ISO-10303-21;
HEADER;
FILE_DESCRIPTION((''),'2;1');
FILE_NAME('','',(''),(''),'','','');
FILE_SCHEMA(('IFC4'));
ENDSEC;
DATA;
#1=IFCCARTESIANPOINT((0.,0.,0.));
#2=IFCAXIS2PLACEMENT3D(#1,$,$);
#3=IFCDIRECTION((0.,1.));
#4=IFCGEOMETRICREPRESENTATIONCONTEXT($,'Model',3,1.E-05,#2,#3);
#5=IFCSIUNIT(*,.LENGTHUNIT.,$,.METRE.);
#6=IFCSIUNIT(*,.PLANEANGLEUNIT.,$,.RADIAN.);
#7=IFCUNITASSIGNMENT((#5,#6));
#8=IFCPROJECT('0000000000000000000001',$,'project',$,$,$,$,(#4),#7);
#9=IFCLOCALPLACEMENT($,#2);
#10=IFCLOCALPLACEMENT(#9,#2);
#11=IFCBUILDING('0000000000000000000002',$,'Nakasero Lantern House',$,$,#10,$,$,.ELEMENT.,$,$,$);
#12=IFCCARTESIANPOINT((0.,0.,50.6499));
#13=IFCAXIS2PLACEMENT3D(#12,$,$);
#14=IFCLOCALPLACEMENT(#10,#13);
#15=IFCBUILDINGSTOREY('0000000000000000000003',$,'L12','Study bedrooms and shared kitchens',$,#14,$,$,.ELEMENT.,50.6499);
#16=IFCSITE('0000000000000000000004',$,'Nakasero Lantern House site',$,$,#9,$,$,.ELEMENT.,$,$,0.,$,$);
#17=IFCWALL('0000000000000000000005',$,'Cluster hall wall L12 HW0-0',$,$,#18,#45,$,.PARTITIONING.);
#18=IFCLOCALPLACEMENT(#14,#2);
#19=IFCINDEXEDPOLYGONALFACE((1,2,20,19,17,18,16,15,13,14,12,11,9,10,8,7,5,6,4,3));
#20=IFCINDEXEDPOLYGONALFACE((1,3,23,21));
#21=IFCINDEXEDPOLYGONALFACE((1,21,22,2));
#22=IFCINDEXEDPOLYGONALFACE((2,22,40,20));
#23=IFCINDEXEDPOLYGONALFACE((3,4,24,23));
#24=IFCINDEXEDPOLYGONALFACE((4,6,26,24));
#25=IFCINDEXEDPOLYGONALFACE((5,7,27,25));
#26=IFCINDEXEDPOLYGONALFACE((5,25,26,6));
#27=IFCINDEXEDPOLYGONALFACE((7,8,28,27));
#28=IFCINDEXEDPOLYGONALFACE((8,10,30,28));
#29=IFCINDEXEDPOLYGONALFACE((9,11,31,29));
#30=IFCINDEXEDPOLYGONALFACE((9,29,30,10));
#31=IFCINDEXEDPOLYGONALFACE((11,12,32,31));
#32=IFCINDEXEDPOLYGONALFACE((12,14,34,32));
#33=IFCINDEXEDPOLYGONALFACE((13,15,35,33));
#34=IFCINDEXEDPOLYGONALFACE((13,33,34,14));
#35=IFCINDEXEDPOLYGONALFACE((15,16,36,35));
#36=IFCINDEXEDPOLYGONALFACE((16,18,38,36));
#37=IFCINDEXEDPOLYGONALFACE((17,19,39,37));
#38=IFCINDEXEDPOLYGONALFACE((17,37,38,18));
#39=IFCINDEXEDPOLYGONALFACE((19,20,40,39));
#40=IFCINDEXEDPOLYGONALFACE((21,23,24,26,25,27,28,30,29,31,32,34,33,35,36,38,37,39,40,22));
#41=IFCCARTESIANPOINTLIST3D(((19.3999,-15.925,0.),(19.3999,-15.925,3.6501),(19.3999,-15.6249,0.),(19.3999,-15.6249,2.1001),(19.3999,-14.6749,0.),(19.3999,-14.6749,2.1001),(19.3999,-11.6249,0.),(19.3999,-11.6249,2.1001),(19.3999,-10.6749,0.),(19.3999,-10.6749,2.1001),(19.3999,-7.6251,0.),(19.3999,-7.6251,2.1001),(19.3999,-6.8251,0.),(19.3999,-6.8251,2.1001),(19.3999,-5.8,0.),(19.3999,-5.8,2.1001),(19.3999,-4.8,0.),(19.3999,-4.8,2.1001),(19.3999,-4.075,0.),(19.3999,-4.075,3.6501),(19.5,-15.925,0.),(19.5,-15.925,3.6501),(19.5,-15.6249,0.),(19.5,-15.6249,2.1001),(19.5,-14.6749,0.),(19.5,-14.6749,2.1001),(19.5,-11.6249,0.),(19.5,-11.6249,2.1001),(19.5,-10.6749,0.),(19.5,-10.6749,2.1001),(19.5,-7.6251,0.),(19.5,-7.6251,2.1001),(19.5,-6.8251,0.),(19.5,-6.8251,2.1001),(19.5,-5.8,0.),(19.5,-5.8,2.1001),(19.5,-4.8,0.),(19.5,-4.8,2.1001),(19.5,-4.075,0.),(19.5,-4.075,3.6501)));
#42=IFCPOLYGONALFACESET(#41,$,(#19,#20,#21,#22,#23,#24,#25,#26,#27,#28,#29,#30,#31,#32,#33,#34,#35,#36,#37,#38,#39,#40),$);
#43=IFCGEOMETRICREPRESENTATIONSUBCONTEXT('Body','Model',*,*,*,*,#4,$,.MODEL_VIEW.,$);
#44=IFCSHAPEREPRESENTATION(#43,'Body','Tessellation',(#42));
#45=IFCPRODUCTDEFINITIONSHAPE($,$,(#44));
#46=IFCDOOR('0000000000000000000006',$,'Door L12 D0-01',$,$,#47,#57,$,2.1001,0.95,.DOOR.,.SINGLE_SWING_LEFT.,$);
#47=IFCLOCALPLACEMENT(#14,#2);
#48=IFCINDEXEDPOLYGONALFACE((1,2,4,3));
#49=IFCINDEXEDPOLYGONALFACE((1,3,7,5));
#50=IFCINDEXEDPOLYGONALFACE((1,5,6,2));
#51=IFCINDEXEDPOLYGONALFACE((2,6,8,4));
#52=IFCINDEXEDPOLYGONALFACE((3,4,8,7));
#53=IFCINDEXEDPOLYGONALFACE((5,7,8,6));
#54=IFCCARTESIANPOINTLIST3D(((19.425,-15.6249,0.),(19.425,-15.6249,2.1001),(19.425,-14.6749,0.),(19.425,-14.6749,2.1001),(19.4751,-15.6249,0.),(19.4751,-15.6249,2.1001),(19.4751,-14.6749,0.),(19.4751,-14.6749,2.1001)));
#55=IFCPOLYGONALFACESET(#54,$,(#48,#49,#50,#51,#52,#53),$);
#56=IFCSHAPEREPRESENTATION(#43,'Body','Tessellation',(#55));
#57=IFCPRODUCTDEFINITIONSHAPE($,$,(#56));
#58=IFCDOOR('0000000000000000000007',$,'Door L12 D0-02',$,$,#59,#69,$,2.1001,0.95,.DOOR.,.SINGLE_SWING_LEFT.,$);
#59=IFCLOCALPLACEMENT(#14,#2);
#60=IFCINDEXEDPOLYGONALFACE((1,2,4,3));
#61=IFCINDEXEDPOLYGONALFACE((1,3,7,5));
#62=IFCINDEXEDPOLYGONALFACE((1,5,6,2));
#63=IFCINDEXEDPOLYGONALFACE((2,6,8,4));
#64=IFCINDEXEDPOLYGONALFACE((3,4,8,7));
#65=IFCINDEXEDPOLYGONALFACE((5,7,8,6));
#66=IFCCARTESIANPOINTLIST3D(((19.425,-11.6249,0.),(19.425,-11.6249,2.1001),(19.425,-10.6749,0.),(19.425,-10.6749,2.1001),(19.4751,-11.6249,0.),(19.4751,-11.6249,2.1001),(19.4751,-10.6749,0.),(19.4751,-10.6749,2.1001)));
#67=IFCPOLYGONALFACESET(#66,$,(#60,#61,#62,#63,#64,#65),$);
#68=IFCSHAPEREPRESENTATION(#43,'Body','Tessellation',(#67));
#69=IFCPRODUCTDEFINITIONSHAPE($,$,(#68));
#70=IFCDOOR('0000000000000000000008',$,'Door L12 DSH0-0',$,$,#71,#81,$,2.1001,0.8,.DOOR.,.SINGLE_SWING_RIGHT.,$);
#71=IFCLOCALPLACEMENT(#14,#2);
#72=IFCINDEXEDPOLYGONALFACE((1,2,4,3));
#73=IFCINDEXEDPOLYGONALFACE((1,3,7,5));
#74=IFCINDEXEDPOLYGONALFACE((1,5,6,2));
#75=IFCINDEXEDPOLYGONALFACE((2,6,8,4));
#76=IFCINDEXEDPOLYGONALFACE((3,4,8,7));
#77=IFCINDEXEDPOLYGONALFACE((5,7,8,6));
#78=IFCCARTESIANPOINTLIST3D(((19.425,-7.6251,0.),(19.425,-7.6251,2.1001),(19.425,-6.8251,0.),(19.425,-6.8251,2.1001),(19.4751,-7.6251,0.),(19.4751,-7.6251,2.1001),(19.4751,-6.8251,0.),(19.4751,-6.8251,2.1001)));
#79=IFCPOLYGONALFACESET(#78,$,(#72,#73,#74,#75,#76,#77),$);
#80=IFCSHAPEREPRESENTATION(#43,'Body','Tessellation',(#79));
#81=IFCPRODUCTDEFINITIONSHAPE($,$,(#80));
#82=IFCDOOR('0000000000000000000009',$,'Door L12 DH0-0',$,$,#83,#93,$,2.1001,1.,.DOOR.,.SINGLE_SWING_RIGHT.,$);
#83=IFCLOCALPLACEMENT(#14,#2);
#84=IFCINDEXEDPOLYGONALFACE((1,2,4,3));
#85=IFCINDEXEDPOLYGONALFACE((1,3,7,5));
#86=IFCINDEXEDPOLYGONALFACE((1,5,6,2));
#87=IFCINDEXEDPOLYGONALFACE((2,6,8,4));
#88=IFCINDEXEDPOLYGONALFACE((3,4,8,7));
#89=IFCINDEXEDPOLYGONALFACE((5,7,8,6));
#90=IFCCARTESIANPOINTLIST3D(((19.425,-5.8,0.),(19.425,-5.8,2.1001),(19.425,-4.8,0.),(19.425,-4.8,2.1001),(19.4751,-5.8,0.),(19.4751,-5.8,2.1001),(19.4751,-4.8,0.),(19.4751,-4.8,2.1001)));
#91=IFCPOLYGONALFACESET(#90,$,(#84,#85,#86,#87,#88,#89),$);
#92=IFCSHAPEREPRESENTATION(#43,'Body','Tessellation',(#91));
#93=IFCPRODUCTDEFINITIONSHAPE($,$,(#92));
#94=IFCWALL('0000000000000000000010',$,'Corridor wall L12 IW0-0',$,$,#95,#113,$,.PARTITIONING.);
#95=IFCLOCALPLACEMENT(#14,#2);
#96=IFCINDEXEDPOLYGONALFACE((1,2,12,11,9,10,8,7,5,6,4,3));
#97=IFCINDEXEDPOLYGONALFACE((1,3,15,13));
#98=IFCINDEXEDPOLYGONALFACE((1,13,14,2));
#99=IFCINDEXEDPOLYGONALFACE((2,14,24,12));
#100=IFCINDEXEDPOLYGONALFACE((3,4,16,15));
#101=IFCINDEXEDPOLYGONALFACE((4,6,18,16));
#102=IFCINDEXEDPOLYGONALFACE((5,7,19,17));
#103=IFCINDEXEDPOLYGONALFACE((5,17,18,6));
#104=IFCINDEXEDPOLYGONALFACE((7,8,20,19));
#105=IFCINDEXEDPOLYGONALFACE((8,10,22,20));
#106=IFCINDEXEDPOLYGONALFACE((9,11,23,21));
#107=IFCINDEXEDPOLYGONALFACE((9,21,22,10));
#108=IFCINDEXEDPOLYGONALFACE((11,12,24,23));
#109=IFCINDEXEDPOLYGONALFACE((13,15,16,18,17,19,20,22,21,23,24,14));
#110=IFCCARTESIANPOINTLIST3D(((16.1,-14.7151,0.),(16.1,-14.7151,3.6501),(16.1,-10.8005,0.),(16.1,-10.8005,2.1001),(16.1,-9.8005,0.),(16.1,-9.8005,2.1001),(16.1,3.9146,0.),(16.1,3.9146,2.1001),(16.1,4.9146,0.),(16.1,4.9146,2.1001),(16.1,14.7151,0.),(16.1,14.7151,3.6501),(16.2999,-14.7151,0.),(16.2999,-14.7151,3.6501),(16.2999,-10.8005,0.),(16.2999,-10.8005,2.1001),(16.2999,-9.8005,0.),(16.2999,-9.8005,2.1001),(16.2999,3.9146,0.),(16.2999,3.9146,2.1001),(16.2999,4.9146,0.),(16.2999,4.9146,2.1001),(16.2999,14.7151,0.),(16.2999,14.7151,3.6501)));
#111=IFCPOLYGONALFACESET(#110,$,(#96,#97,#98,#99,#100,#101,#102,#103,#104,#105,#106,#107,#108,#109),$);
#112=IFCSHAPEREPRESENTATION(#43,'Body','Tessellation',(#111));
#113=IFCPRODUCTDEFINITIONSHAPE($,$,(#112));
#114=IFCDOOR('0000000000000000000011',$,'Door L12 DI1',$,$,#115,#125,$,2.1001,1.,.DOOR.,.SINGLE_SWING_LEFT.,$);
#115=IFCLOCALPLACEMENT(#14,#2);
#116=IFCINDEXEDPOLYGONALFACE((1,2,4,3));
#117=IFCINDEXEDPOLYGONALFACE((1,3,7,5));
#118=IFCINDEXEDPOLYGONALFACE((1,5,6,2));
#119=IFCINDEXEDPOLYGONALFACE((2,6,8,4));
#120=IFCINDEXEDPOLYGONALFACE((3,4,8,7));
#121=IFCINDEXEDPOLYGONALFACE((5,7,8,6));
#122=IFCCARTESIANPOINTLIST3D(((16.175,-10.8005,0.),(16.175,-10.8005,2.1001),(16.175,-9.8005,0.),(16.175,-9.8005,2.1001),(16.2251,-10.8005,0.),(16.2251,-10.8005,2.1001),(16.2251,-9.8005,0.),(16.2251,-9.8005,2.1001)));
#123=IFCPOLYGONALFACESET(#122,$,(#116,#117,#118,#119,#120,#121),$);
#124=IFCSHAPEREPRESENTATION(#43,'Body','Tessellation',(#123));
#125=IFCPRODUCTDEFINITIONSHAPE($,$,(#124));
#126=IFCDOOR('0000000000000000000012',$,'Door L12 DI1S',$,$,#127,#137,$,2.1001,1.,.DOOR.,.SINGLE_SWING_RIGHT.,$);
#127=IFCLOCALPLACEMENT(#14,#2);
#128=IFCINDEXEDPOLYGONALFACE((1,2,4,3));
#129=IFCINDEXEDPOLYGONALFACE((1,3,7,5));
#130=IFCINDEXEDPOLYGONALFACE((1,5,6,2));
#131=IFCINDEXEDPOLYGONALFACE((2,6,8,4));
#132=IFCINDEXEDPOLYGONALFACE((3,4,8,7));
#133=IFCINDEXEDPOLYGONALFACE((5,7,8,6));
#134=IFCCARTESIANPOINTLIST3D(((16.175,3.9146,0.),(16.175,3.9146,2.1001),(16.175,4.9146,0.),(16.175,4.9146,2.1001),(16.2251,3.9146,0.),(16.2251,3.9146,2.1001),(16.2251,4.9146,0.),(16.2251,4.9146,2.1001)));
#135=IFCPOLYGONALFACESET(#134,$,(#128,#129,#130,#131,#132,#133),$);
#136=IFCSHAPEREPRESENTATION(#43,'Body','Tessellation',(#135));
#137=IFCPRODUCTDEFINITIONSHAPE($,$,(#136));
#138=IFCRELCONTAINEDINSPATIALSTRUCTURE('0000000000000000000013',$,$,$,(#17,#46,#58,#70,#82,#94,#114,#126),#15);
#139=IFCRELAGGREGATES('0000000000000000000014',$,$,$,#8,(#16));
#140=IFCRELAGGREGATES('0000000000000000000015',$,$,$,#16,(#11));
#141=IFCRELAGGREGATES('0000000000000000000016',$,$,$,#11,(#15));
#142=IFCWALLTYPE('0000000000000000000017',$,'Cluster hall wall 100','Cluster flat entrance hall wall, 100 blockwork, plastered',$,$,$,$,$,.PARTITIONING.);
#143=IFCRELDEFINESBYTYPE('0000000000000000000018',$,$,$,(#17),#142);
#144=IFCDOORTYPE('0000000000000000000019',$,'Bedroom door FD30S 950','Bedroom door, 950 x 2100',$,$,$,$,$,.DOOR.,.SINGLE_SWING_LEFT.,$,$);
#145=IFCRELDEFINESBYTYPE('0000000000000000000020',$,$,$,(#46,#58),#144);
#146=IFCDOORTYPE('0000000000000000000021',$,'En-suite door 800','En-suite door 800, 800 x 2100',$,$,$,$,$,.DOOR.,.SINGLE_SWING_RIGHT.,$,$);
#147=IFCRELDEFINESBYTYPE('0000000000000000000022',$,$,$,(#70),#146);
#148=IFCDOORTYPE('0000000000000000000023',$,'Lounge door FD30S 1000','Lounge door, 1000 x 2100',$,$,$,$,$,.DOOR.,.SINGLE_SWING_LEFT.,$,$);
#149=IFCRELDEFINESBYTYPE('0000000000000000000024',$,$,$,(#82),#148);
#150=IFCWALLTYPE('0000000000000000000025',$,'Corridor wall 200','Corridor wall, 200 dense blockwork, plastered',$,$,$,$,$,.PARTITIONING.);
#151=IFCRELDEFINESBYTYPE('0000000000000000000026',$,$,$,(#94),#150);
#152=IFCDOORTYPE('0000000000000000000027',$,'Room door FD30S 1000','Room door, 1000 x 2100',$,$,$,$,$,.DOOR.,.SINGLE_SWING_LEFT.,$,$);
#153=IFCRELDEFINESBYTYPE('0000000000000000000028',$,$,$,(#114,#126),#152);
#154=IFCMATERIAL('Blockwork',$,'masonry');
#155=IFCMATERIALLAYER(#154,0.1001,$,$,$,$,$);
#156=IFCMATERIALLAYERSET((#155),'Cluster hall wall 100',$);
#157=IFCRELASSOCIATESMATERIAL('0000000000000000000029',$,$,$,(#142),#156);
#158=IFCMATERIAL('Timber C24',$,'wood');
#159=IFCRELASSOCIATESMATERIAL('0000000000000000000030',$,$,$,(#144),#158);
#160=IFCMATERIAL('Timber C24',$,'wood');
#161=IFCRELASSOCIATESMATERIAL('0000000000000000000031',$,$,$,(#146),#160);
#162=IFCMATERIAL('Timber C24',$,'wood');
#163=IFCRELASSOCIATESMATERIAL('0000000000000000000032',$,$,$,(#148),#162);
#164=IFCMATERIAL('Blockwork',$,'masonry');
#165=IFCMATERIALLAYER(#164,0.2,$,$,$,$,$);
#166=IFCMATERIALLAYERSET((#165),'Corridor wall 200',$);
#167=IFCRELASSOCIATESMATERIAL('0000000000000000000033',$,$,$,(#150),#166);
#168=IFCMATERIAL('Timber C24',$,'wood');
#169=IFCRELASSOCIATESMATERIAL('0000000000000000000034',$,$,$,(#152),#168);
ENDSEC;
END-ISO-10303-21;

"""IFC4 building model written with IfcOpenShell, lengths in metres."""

from ifc_helpers import new_model, si_unit, direction, frame, frame_2d, origin, place, context, subcontext, project, spatial, rectangle, extrude, material, layer, layer_set, type_object, element, fill, save


model = new_model("IFC4")

# Units and contexts
model_context = context("Model", 3, precision=1e-05, world=origin(), true_north=direction((0.0, 1.0)))
body_context = subcontext(model_context, "Body", "Model", "MODEL_VIEW")
ifc_project = project(units=[si_unit("LENGTHUNIT", "METRE"), si_unit("PLANEANGLEUNIT", "RADIAN")], contexts=[model_context])

# Site, building, storey
site_placement = place(None, origin())
site = spatial("IfcSite", under=ifc_project, at=site_placement, Name="Nakasero Lantern House site", CompositionType="ELEMENT", RefElevation=0.0)
building_placement = place(site_placement, origin())
building = spatial("IfcBuilding", under=site, at=building_placement, Name="Nakasero Lantern House", CompositionType="ELEMENT")
storey_placement = place(building_placement, frame((0.0, 0.0, 50.6499)))
storey = spatial("IfcBuildingStorey", under=building, at=storey_placement, Name="L12", Description="Study bedrooms and shared kitchens", CompositionType="ELEMENT", Elevation=50.6499)

# Walls, openings, doors
ifc_material_1 = material(Name="Blockwork", Category="masonry")
ifc_layer_1 = layer(ifc_material_1, 0.1001)
ifc_layer_set_1 = layer_set([ifc_layer_1], Name="Cluster hall wall 100")
wall_type_1 = type_object("IfcWallType", Name="Cluster hall wall 100", Description="Cluster flat entrance hall wall, 100 blockwork, plastered", PredefinedType="PARTITIONING", material=ifc_layer_set_1)
wall_1_placement = place(storey_placement, frame((19.45, -15.925, 0.0), z_axis=(0.0, 0.0, 1.0), x_axis=(0.0, 1.0, 0.0)))
wall_1 = element("IfcWall", 1, at=wall_1_placement, inside=storey, type_object=wall_type_1, Name="Cluster hall wall L12 HW0-0", PredefinedType="PARTITIONING", context=body_context, shape_type="SweptSolid", body=[
    extrude(rectangle(XDim=11.8501, YDim=0.1001, at=frame_2d((5.925, 0.0))), origin(), (0.0, 0.0, 1.0), 3.6501),
])
opening_1_placement = place(wall_1_placement, frame((10.125, 0.0, 0.0)))
opening_1 = element("IfcOpeningElement", 2, at=opening_1_placement, cuts=wall_1, PredefinedType="OPENING", context=body_context, shape_type="SweptSolid", body=[
    extrude(rectangle(XDim=1.0, YDim=2.1001, at=frame_2d((0.5, 1.05))), frame((0.0, 0.0701, 0.0), z_axis=(0.0, -1.0, 0.0), x_axis=(1.0, 0.0, 0.0)), (0.0, 0.0, 1.0), 0.1401),
])
opening_2_placement = place(wall_1_placement, frame((8.3, 0.0, 0.0)))
opening_2 = element("IfcOpeningElement", 3, at=opening_2_placement, cuts=wall_1, PredefinedType="OPENING", context=body_context, shape_type="SweptSolid", body=[
    extrude(rectangle(XDim=0.8, YDim=2.1001, at=frame_2d((0.3999, 1.05))), frame((0.0, 0.0701, 0.0), z_axis=(0.0, -1.0, 0.0), x_axis=(1.0, 0.0, 0.0)), (0.0, 0.0, 1.0), 0.1401),
])
opening_3_placement = place(wall_1_placement, frame((0.3, 0.0, 0.0)))
opening_3 = element("IfcOpeningElement", 4, at=opening_3_placement, cuts=wall_1, PredefinedType="OPENING", context=body_context, shape_type="SweptSolid", body=[
    extrude(rectangle(XDim=0.95, YDim=2.1001, at=frame_2d((0.4751, 1.05))), frame((0.0, 0.0701, 0.0), z_axis=(0.0, -1.0, 0.0), x_axis=(1.0, 0.0, 0.0)), (0.0, 0.0, 1.0), 0.1401),
])
opening_4_placement = place(wall_1_placement, frame((4.3, 0.0, 0.0)))
opening_4 = element("IfcOpeningElement", 5, at=opening_4_placement, cuts=wall_1, PredefinedType="OPENING", context=body_context, shape_type="SweptSolid", body=[
    extrude(rectangle(XDim=0.95, YDim=2.1001, at=frame_2d((0.4751, 1.05))), frame((0.0, 0.0701, 0.0), z_axis=(0.0, -1.0, 0.0), x_axis=(1.0, 0.0, 0.0)), (0.0, 0.0, 1.0), 0.1401),
])
ifc_material_2 = material(Name="Timber C24", Category="wood")
door_type_1 = type_object("IfcDoorType", Name="Bedroom door FD30S 950", Description="Bedroom door, 950 x 2100", OperationType="SINGLE_SWING_LEFT", PredefinedType="DOOR", material=ifc_material_2)
door_1_placement = place(opening_3_placement, origin())
door_1 = element("IfcDoor", 6, at=door_1_placement, inside=storey, type_object=door_type_1, Name="Door L12 D0-01", OperationType="SINGLE_SWING_LEFT", OverallHeight=2.1001, OverallWidth=0.95, PredefinedType="DOOR", context=body_context, shape_type="SweptSolid", body=[
    extrude(rectangle(XDim=0.95, YDim=2.1001, at=frame_2d((0.4751, 1.05))), frame((0.0, 0.0249, 0.0), z_axis=(0.0, -1.0, 0.0), x_axis=(1.0, 0.0, 0.0)), (0.0, 0.0, 1.0), 0.05),
])
fill(opening_3, door_1)
door_2_placement = place(opening_4_placement, origin())
door_2 = element("IfcDoor", 7, at=door_2_placement, inside=storey, type_object=door_type_1, Name="Door L12 D0-02", OperationType="SINGLE_SWING_LEFT", OverallHeight=2.1001, OverallWidth=0.95, PredefinedType="DOOR", context=body_context, shape_type="SweptSolid", body=[
    extrude(rectangle(XDim=0.95, YDim=2.1001, at=frame_2d((0.4751, 1.05))), frame((0.0, 0.0249, 0.0), z_axis=(0.0, -1.0, 0.0), x_axis=(1.0, 0.0, 0.0)), (0.0, 0.0, 1.0), 0.05),
])
fill(opening_4, door_2)
ifc_material_3 = material(Name="Timber C24", Category="wood")
door_type_2 = type_object("IfcDoorType", Name="En-suite door 800", Description="En-suite door 800, 800 x 2100", OperationType="SINGLE_SWING_RIGHT", PredefinedType="DOOR", material=ifc_material_3)
door_3_placement = place(opening_2_placement, origin())
door_3 = element("IfcDoor", 8, at=door_3_placement, inside=storey, type_object=door_type_2, Name="Door L12 DSH0-0", OperationType="SINGLE_SWING_RIGHT", OverallHeight=2.1001, OverallWidth=0.8, PredefinedType="DOOR", context=body_context, shape_type="SweptSolid", body=[
    extrude(rectangle(XDim=0.8, YDim=2.1001, at=frame_2d((0.3999, 1.05))), frame((0.0, 0.0249, 0.0), z_axis=(0.0, -1.0, 0.0), x_axis=(1.0, 0.0, 0.0)), (0.0, 0.0, 1.0), 0.05),
])
fill(opening_2, door_3)
ifc_material_4 = material(Name="Timber C24", Category="wood")
door_type_3 = type_object("IfcDoorType", Name="Lounge door FD30S 1000", Description="Lounge door, 1000 x 2100", OperationType="SINGLE_SWING_LEFT", PredefinedType="DOOR", material=ifc_material_4)
door_4_placement = place(opening_1_placement, origin())
door_4 = element("IfcDoor", 9, at=door_4_placement, inside=storey, type_object=door_type_3, Name="Door L12 DH0-0", OperationType="SINGLE_SWING_RIGHT", OverallHeight=2.1001, OverallWidth=1.0, PredefinedType="DOOR", context=body_context, shape_type="SweptSolid", body=[
    extrude(rectangle(XDim=1.0, YDim=2.1001, at=frame_2d((0.5, 1.05))), frame((0.0, 0.0249, 0.0), z_axis=(0.0, -1.0, 0.0), x_axis=(1.0, 0.0, 0.0)), (0.0, 0.0, 1.0), 0.05),
])
fill(opening_1, door_4)
ifc_material_5 = material(Name="Blockwork", Category="masonry")
ifc_layer_2 = layer(ifc_material_5, 0.2)
ifc_layer_set_2 = layer_set([ifc_layer_2], Name="Corridor wall 200")
wall_type_2 = type_object("IfcWallType", Name="Corridor wall 200", Description="Corridor wall, 200 dense blockwork, plastered", PredefinedType="PARTITIONING", material=ifc_layer_set_2)
wall_2_placement = place(storey_placement, frame((16.2, -14.7151, 0.0), z_axis=(0.0, 0.0, 1.0), x_axis=(0.0, 1.0, 0.0)))
wall_2 = element("IfcWall", 10, at=wall_2_placement, inside=storey, type_object=wall_type_2, Name="Corridor wall L12 IW0-0", PredefinedType="PARTITIONING", context=body_context, shape_type="SweptSolid", body=[
    extrude(rectangle(XDim=29.4302, YDim=0.2, at=frame_2d((14.7151, 0.0))), origin(), (0.0, 0.0, 1.0), 3.6501),
])
opening_5_placement = place(wall_2_placement, frame((3.9146, 0.0, 0.0)))
opening_5 = element("IfcOpeningElement", 11, at=opening_5_placement, cuts=wall_2, PredefinedType="OPENING", context=body_context, shape_type="SweptSolid", body=[
    extrude(rectangle(XDim=1.0, YDim=2.1001, at=frame_2d((0.5, 1.05))), frame((0.0, 0.1199, 0.0), z_axis=(0.0, -1.0, 0.0), x_axis=(1.0, 0.0, 0.0)), (0.0, 0.0, 1.0), 0.24),
])
opening_6_placement = place(wall_2_placement, frame((18.6296, 0.0, 0.0)))
opening_6 = element("IfcOpeningElement", 12, at=opening_6_placement, cuts=wall_2, PredefinedType="OPENING", context=body_context, shape_type="SweptSolid", body=[
    extrude(rectangle(XDim=1.0, YDim=2.1001, at=frame_2d((0.5, 1.05))), frame((0.0, 0.1199, 0.0), z_axis=(0.0, -1.0, 0.0), x_axis=(1.0, 0.0, 0.0)), (0.0, 0.0, 1.0), 0.24),
])
ifc_material_6 = material(Name="Timber C24", Category="wood")
door_type_4 = type_object("IfcDoorType", Name="Room door FD30S 1000", Description="Room door, 1000 x 2100", OperationType="SINGLE_SWING_LEFT", PredefinedType="DOOR", material=ifc_material_6)
door_5_placement = place(opening_5_placement, origin())
door_5 = element("IfcDoor", 13, at=door_5_placement, inside=storey, type_object=door_type_4, Name="Door L12 DI1", OperationType="SINGLE_SWING_LEFT", OverallHeight=2.1001, OverallWidth=1.0, PredefinedType="DOOR", context=body_context, shape_type="SweptSolid", body=[
    extrude(rectangle(XDim=1.0, YDim=2.1001, at=frame_2d((0.5, 1.05))), frame((0.0, 0.0249, 0.0), z_axis=(0.0, -1.0, 0.0), x_axis=(1.0, 0.0, 0.0)), (0.0, 0.0, 1.0), 0.05),
])
fill(opening_5, door_5)
door_6_placement = place(opening_6_placement, origin())
door_6 = element("IfcDoor", 14, at=door_6_placement, inside=storey, type_object=door_type_4, Name="Door L12 DI1S", OperationType="SINGLE_SWING_RIGHT", OverallHeight=2.1001, OverallWidth=1.0, PredefinedType="DOOR", context=body_context, shape_type="SweptSolid", body=[
    extrude(rectangle(XDim=1.0, YDim=2.1001, at=frame_2d((0.5, 1.05))), frame((0.0, 0.0249, 0.0), z_axis=(0.0, -1.0, 0.0), x_axis=(1.0, 0.0, 0.0)), (0.0, 0.0, 1.0), 0.05),
])
fill(opening_6, door_6)

save(model, "model.ifc")
